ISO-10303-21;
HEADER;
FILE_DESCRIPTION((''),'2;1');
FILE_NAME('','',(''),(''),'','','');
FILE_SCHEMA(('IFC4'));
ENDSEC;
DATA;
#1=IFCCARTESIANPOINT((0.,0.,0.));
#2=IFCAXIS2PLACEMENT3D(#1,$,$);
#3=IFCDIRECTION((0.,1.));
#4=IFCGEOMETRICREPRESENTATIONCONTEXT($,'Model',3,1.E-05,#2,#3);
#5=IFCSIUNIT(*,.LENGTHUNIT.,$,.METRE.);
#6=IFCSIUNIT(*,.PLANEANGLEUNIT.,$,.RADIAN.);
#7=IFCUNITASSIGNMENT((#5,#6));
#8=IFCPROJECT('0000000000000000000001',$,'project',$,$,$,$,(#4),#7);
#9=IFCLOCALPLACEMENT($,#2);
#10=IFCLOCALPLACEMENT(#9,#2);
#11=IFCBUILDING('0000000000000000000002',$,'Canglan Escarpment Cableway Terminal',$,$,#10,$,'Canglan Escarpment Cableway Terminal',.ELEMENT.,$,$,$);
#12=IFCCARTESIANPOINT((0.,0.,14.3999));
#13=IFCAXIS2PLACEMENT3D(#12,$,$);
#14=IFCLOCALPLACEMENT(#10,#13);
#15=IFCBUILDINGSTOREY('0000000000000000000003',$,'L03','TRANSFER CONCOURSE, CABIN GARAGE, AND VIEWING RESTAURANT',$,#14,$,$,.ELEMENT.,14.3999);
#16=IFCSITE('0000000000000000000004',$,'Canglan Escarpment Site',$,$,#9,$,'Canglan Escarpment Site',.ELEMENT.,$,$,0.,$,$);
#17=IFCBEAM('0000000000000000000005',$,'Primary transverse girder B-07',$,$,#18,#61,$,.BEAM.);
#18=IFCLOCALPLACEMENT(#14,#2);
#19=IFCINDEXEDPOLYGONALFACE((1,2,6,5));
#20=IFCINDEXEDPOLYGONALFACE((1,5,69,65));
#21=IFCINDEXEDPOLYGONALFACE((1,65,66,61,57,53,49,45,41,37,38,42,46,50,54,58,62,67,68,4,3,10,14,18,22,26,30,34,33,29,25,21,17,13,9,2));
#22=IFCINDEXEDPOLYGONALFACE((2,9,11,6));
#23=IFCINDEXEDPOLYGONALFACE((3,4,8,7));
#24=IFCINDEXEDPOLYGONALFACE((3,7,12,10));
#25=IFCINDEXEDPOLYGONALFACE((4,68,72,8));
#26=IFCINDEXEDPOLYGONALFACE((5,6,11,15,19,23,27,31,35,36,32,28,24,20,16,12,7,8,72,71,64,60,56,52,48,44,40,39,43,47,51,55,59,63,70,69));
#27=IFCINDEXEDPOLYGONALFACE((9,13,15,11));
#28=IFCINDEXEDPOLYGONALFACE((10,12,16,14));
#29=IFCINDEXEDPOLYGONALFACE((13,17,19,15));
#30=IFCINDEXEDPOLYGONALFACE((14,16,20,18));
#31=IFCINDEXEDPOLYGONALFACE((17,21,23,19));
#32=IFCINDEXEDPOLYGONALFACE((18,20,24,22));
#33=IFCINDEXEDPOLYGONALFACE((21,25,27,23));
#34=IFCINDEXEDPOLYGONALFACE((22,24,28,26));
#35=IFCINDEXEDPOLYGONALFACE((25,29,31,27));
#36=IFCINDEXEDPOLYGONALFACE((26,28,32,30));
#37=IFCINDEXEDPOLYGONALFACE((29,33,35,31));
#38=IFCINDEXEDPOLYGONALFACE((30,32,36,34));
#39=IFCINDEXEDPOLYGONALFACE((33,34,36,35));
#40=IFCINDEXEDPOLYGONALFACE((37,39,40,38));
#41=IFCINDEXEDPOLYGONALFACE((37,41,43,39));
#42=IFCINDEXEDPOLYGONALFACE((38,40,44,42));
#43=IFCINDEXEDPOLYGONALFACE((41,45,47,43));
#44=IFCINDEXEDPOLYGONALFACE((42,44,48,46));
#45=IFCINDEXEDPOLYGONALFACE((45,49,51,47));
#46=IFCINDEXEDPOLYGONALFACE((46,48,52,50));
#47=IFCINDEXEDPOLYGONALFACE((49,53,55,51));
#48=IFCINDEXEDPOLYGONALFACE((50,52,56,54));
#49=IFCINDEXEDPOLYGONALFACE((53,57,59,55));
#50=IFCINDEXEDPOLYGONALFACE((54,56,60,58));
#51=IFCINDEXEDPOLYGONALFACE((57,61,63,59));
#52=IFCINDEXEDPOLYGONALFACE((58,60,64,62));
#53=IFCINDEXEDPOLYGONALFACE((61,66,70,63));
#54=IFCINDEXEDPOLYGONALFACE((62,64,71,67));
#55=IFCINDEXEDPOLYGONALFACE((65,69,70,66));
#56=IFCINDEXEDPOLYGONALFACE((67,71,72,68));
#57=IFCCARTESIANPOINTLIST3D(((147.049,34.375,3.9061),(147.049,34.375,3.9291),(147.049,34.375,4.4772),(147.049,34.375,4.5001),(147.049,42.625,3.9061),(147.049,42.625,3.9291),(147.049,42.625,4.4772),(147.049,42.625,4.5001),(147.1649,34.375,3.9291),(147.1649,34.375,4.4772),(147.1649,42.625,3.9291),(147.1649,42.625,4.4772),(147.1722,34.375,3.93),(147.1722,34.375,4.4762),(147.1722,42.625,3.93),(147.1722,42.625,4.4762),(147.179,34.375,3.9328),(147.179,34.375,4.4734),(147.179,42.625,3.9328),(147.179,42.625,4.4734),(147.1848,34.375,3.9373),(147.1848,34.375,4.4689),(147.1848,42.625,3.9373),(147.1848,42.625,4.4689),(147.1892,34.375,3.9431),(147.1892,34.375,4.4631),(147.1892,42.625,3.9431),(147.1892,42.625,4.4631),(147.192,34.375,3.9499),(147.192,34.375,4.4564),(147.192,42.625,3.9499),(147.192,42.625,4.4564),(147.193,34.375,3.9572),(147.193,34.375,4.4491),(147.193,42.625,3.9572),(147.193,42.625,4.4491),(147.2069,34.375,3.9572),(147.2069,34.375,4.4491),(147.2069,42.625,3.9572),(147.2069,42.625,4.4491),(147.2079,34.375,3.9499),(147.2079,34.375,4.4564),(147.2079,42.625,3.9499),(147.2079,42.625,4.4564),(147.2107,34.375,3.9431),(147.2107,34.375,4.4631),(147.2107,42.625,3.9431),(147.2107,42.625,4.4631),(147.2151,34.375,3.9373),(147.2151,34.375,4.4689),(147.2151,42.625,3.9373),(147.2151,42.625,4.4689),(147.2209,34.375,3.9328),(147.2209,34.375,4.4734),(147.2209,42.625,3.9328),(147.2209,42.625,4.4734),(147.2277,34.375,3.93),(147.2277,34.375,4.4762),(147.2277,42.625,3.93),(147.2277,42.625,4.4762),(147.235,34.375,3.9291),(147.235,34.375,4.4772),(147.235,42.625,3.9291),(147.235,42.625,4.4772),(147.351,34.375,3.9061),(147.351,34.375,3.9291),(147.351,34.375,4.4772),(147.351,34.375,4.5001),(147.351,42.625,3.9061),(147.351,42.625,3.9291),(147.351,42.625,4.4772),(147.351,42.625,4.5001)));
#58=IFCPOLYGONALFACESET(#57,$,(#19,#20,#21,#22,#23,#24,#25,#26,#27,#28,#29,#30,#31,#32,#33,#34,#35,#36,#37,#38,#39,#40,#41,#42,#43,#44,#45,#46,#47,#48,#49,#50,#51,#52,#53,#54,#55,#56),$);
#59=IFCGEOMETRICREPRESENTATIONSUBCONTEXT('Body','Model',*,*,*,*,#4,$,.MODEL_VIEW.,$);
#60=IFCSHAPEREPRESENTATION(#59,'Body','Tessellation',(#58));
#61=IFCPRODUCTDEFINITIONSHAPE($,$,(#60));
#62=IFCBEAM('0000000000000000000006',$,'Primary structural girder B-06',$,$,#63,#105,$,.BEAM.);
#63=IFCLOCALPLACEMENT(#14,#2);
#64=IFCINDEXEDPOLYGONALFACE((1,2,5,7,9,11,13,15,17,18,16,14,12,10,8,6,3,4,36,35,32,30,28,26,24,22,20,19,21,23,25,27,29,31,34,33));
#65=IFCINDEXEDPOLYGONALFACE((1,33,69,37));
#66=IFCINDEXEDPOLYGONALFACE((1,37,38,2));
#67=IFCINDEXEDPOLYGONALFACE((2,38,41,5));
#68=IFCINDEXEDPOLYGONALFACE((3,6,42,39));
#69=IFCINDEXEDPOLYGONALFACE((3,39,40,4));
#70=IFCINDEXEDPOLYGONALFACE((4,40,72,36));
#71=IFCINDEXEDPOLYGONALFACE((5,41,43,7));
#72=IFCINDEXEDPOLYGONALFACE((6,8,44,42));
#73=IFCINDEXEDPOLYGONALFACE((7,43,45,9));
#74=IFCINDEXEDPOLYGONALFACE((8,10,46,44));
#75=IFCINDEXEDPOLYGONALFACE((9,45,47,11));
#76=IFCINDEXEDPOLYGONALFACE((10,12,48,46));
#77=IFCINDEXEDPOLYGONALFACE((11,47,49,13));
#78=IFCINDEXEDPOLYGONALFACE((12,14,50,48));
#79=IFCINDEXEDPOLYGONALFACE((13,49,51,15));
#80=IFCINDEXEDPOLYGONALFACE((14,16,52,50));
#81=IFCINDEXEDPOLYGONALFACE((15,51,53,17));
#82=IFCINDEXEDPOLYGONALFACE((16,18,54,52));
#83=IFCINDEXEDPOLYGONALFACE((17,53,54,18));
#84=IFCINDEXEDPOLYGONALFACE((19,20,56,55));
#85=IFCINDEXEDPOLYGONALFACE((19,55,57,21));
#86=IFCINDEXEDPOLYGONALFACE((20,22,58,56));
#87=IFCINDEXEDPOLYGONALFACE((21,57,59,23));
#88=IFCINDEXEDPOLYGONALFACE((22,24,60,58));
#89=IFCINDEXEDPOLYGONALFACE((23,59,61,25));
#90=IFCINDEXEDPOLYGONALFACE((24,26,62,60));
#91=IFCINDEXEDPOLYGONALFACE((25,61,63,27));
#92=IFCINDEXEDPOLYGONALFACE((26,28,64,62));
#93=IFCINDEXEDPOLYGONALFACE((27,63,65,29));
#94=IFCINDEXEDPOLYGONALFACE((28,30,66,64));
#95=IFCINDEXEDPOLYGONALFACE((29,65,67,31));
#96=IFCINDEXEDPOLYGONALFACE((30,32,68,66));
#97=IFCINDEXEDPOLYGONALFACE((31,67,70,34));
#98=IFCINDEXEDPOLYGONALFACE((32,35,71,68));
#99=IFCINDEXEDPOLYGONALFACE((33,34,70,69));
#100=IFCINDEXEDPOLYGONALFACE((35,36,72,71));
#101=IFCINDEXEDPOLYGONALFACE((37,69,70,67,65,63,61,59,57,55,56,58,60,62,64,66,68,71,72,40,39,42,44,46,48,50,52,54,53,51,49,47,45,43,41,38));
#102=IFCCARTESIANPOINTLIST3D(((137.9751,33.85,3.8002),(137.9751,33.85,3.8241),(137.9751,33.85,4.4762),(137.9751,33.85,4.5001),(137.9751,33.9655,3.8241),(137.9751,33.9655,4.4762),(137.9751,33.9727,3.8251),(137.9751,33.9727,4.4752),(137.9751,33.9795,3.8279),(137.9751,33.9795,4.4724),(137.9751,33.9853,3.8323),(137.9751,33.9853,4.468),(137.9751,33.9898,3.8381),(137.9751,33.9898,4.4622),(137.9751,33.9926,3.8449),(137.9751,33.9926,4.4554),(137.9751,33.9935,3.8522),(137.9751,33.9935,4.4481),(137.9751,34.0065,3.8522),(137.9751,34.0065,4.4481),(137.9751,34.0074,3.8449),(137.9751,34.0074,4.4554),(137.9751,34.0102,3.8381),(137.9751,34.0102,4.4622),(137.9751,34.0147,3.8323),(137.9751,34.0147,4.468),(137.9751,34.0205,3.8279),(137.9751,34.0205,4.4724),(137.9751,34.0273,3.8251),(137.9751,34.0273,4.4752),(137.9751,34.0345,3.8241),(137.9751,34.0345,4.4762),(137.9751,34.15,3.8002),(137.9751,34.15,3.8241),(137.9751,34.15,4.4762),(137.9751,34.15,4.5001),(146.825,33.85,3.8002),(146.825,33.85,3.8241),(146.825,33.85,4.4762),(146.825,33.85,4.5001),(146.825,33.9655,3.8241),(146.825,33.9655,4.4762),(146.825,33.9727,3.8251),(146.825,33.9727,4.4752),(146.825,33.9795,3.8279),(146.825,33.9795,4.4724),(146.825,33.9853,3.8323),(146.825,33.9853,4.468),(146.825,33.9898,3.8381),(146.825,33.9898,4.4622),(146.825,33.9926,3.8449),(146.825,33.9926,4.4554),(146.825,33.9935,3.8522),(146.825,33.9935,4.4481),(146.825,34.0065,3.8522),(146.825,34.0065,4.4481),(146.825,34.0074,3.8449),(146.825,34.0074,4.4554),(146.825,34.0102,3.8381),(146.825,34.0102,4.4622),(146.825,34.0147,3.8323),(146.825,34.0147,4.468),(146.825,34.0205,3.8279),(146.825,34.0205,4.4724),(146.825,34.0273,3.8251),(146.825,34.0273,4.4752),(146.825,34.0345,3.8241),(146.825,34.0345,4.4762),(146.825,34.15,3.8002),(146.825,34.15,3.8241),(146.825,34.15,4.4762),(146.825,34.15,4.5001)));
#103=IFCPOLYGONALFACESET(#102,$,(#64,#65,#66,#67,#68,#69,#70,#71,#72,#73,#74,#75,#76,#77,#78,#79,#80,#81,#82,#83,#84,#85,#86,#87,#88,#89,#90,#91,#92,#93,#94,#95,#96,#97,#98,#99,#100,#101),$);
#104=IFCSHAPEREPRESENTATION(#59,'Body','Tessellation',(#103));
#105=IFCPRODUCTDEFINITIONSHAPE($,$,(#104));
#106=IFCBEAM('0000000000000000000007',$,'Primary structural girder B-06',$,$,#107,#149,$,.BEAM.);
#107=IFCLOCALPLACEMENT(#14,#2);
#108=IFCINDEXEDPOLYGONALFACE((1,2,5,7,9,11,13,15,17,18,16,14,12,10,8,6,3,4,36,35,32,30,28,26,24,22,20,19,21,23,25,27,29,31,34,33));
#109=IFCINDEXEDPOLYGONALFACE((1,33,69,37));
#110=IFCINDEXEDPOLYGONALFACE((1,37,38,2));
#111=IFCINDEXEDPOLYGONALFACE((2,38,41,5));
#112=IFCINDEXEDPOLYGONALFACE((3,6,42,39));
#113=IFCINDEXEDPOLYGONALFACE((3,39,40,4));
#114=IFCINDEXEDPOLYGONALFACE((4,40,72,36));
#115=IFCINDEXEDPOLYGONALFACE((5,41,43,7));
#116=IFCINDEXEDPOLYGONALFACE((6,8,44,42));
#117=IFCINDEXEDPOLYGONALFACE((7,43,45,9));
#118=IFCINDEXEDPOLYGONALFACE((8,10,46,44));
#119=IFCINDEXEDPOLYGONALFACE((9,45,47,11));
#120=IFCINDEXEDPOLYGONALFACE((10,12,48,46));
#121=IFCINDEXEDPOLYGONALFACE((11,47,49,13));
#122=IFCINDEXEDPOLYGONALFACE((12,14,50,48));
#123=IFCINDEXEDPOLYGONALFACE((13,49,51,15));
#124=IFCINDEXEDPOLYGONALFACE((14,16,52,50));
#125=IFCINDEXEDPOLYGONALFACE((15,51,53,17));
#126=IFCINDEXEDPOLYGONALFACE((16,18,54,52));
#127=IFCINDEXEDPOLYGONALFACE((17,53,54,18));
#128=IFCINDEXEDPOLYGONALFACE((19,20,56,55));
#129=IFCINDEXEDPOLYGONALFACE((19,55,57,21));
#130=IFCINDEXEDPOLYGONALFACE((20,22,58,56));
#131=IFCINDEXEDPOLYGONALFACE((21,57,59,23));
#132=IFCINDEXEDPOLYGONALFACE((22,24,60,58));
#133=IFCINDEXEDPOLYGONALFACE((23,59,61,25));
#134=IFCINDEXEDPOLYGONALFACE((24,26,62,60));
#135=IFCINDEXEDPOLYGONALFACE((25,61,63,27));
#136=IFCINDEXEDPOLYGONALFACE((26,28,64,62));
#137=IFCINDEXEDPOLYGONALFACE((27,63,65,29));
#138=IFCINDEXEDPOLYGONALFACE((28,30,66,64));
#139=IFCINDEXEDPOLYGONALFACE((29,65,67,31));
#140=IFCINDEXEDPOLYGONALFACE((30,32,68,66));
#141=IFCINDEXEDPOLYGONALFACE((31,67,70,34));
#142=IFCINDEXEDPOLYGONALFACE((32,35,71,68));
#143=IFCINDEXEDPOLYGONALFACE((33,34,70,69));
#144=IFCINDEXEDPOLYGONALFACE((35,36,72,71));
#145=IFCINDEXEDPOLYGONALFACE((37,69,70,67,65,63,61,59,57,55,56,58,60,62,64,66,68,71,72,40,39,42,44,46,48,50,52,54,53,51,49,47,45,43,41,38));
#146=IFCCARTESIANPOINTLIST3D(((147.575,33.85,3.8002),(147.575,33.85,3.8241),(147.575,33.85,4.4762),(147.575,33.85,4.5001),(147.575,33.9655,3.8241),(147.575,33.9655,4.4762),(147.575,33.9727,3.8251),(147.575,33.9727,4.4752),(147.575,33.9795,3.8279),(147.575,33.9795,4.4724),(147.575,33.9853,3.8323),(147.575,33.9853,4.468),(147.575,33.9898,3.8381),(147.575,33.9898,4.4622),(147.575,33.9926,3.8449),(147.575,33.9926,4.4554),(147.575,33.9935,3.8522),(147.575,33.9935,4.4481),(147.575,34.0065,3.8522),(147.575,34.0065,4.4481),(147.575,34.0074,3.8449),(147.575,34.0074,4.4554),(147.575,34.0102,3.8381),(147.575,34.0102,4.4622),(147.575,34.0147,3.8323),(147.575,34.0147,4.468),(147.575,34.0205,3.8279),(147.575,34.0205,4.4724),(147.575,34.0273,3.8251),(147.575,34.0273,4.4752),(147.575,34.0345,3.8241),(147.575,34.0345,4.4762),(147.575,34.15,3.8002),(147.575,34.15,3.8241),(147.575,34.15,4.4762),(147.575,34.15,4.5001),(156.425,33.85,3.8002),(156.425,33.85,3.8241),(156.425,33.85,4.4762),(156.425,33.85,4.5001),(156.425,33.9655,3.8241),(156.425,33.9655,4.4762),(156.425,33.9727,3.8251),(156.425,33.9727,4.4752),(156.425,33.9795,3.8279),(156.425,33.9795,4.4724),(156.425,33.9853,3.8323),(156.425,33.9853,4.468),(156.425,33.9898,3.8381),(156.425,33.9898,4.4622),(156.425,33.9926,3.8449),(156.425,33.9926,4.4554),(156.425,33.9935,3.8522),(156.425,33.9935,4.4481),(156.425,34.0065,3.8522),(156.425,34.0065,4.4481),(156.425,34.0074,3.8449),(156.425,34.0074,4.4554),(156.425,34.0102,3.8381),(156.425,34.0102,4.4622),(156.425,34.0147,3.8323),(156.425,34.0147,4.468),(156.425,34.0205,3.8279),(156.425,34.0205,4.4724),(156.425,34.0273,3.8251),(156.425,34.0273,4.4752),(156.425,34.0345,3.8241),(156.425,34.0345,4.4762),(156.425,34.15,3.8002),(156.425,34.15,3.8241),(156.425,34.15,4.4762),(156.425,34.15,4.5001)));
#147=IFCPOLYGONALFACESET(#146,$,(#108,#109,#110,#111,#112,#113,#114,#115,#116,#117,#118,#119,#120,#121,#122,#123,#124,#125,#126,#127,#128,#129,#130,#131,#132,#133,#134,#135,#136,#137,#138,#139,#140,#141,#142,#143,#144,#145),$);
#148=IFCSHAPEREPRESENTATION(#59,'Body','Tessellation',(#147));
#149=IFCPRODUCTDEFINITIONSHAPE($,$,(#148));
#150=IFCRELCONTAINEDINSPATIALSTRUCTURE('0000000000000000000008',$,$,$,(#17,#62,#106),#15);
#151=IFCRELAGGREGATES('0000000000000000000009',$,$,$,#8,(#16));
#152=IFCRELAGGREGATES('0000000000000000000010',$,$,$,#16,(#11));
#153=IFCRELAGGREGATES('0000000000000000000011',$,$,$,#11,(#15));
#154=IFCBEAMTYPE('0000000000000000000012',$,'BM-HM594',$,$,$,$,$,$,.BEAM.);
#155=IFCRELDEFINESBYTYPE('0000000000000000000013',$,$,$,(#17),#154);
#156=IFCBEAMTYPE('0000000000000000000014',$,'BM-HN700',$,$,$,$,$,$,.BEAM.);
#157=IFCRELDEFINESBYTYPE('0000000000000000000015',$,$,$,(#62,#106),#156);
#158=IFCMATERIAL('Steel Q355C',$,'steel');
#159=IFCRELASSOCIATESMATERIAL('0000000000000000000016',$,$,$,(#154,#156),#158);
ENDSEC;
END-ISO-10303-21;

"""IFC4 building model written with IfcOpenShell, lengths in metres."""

from ifc_helpers import new_model, si_unit, direction, frame, origin, origin_2d, place, context, subcontext, project, spatial, i_section, extrude, material, material_profile, profile_set, type_object, element, save


model = new_model("IFC4")

# Units and contexts
model_context = context("Model", 3, precision=1e-05, world=origin(), true_north=direction((0.0, 1.0)))
body_context = subcontext(model_context, "Body", "Model", "MODEL_VIEW")
ifc_project = project(units=[si_unit("LENGTHUNIT", "METRE"), si_unit("PLANEANGLEUNIT", "RADIAN")], contexts=[model_context])

# Site, building, storey
site_placement = place(None, origin())
site = spatial("IfcSite", under=ifc_project, at=site_placement, Name="Canglan Escarpment Site", LongName="Canglan Escarpment Site", CompositionType="ELEMENT", RefElevation=0.0)
building_placement = place(site_placement, origin())
building = spatial("IfcBuilding", under=site, at=building_placement, Name="Canglan Escarpment Cableway Terminal", LongName="Canglan Escarpment Cableway Terminal", CompositionType="ELEMENT")
storey_placement = place(building_placement, frame((0.0, 0.0, 14.3999)))
storey = spatial("IfcBuildingStorey", under=building, at=storey_placement, Name="L03", Description="TRANSFER CONCOURSE, CABIN GARAGE, AND VIEWING RESTAURANT", CompositionType="ELEMENT", Elevation=14.3999)

# Beams
ifc_material_1 = material(Name="Steel Q355C", Category="steel")
ifc_material_profile_1 = material_profile(ifc_material_1, i_section(OverallWidth=0.302, OverallDepth=0.594, WebThickness=0.0139, FlangeThickness=0.0229, FilletRadius=0.0281, at=origin_2d()), Name="HM 594x302x14x23")
ifc_profile_set_1 = profile_set([ifc_material_profile_1], Name="Steel Q355C")
beam_type_1 = type_object("IfcBeamType", Name="BM-HM594", PredefinedType="BEAM", material=ifc_profile_set_1)
for number, where, z_axis, x_axis, name in (
    (1, (147.2, 34.375, 4.2031), (0.0, 1.0, 0.0), (-1.0, 0.0, 0.0), "Primary transverse girder B-07"),
):
    element("IfcBeam", number, at=place(storey_placement, frame(where, z_axis=z_axis, x_axis=x_axis)), inside=storey, type_object=beam_type_1, Name=name, PredefinedType="BEAM", context=body_context, shape_type="SweptSolid", body=[
        extrude(i_section(OverallWidth=0.302, OverallDepth=0.594, WebThickness=0.0139, FlangeThickness=0.0229, FilletRadius=0.0281, at=origin_2d()), origin(), (0.0, 0.0, 1.0), 8.25),
    ])
ifc_material_profile_2 = material_profile(ifc_material_1, i_section(OverallWidth=0.3, OverallDepth=0.7, WebThickness=0.0129, FlangeThickness=0.0239, FilletRadius=0.0281, at=origin_2d()), Name="HN 700x300x13x24")
ifc_profile_set_2 = profile_set([ifc_material_profile_2], Name="Steel Q355C")
beam_type_2 = type_object("IfcBeamType", Name="BM-HN700", PredefinedType="BEAM", material=ifc_profile_set_2)
beam_1_placement = place(storey_placement, frame((137.9751, 34.0, 4.1501), z_axis=(1.0, 0.0, 0.0), x_axis=(0.0, 1.0, 0.0)))
element("IfcBeam", 2, at=beam_1_placement, inside=storey, type_object=beam_type_2, Name="Primary structural girder B-06", PredefinedType="BEAM", context=body_context, shape_type="SweptSolid", body=[
    extrude(i_section(OverallWidth=0.3, OverallDepth=0.7, WebThickness=0.0129, FlangeThickness=0.0239, FilletRadius=0.0281, at=origin_2d()), origin(), (0.0, 0.0, 1.0), 8.8499),
])
beam_2_placement = place(storey_placement, frame((147.575, 34.0, 4.1501), z_axis=(1.0, 0.0, 0.0), x_axis=(0.0, 1.0, 0.0)))
element("IfcBeam", 3, at=beam_2_placement, inside=storey, type_object=beam_type_2, Name="Primary structural girder B-06", PredefinedType="BEAM", context=body_context, shape_type="SweptSolid", body=[
    extrude(i_section(OverallWidth=0.3, OverallDepth=0.7, WebThickness=0.0129, FlangeThickness=0.0239, FilletRadius=0.0281, at=origin_2d()), origin(), (0.0, 0.0, 1.0), 8.8501),
])

save(model, "model.ifc")
